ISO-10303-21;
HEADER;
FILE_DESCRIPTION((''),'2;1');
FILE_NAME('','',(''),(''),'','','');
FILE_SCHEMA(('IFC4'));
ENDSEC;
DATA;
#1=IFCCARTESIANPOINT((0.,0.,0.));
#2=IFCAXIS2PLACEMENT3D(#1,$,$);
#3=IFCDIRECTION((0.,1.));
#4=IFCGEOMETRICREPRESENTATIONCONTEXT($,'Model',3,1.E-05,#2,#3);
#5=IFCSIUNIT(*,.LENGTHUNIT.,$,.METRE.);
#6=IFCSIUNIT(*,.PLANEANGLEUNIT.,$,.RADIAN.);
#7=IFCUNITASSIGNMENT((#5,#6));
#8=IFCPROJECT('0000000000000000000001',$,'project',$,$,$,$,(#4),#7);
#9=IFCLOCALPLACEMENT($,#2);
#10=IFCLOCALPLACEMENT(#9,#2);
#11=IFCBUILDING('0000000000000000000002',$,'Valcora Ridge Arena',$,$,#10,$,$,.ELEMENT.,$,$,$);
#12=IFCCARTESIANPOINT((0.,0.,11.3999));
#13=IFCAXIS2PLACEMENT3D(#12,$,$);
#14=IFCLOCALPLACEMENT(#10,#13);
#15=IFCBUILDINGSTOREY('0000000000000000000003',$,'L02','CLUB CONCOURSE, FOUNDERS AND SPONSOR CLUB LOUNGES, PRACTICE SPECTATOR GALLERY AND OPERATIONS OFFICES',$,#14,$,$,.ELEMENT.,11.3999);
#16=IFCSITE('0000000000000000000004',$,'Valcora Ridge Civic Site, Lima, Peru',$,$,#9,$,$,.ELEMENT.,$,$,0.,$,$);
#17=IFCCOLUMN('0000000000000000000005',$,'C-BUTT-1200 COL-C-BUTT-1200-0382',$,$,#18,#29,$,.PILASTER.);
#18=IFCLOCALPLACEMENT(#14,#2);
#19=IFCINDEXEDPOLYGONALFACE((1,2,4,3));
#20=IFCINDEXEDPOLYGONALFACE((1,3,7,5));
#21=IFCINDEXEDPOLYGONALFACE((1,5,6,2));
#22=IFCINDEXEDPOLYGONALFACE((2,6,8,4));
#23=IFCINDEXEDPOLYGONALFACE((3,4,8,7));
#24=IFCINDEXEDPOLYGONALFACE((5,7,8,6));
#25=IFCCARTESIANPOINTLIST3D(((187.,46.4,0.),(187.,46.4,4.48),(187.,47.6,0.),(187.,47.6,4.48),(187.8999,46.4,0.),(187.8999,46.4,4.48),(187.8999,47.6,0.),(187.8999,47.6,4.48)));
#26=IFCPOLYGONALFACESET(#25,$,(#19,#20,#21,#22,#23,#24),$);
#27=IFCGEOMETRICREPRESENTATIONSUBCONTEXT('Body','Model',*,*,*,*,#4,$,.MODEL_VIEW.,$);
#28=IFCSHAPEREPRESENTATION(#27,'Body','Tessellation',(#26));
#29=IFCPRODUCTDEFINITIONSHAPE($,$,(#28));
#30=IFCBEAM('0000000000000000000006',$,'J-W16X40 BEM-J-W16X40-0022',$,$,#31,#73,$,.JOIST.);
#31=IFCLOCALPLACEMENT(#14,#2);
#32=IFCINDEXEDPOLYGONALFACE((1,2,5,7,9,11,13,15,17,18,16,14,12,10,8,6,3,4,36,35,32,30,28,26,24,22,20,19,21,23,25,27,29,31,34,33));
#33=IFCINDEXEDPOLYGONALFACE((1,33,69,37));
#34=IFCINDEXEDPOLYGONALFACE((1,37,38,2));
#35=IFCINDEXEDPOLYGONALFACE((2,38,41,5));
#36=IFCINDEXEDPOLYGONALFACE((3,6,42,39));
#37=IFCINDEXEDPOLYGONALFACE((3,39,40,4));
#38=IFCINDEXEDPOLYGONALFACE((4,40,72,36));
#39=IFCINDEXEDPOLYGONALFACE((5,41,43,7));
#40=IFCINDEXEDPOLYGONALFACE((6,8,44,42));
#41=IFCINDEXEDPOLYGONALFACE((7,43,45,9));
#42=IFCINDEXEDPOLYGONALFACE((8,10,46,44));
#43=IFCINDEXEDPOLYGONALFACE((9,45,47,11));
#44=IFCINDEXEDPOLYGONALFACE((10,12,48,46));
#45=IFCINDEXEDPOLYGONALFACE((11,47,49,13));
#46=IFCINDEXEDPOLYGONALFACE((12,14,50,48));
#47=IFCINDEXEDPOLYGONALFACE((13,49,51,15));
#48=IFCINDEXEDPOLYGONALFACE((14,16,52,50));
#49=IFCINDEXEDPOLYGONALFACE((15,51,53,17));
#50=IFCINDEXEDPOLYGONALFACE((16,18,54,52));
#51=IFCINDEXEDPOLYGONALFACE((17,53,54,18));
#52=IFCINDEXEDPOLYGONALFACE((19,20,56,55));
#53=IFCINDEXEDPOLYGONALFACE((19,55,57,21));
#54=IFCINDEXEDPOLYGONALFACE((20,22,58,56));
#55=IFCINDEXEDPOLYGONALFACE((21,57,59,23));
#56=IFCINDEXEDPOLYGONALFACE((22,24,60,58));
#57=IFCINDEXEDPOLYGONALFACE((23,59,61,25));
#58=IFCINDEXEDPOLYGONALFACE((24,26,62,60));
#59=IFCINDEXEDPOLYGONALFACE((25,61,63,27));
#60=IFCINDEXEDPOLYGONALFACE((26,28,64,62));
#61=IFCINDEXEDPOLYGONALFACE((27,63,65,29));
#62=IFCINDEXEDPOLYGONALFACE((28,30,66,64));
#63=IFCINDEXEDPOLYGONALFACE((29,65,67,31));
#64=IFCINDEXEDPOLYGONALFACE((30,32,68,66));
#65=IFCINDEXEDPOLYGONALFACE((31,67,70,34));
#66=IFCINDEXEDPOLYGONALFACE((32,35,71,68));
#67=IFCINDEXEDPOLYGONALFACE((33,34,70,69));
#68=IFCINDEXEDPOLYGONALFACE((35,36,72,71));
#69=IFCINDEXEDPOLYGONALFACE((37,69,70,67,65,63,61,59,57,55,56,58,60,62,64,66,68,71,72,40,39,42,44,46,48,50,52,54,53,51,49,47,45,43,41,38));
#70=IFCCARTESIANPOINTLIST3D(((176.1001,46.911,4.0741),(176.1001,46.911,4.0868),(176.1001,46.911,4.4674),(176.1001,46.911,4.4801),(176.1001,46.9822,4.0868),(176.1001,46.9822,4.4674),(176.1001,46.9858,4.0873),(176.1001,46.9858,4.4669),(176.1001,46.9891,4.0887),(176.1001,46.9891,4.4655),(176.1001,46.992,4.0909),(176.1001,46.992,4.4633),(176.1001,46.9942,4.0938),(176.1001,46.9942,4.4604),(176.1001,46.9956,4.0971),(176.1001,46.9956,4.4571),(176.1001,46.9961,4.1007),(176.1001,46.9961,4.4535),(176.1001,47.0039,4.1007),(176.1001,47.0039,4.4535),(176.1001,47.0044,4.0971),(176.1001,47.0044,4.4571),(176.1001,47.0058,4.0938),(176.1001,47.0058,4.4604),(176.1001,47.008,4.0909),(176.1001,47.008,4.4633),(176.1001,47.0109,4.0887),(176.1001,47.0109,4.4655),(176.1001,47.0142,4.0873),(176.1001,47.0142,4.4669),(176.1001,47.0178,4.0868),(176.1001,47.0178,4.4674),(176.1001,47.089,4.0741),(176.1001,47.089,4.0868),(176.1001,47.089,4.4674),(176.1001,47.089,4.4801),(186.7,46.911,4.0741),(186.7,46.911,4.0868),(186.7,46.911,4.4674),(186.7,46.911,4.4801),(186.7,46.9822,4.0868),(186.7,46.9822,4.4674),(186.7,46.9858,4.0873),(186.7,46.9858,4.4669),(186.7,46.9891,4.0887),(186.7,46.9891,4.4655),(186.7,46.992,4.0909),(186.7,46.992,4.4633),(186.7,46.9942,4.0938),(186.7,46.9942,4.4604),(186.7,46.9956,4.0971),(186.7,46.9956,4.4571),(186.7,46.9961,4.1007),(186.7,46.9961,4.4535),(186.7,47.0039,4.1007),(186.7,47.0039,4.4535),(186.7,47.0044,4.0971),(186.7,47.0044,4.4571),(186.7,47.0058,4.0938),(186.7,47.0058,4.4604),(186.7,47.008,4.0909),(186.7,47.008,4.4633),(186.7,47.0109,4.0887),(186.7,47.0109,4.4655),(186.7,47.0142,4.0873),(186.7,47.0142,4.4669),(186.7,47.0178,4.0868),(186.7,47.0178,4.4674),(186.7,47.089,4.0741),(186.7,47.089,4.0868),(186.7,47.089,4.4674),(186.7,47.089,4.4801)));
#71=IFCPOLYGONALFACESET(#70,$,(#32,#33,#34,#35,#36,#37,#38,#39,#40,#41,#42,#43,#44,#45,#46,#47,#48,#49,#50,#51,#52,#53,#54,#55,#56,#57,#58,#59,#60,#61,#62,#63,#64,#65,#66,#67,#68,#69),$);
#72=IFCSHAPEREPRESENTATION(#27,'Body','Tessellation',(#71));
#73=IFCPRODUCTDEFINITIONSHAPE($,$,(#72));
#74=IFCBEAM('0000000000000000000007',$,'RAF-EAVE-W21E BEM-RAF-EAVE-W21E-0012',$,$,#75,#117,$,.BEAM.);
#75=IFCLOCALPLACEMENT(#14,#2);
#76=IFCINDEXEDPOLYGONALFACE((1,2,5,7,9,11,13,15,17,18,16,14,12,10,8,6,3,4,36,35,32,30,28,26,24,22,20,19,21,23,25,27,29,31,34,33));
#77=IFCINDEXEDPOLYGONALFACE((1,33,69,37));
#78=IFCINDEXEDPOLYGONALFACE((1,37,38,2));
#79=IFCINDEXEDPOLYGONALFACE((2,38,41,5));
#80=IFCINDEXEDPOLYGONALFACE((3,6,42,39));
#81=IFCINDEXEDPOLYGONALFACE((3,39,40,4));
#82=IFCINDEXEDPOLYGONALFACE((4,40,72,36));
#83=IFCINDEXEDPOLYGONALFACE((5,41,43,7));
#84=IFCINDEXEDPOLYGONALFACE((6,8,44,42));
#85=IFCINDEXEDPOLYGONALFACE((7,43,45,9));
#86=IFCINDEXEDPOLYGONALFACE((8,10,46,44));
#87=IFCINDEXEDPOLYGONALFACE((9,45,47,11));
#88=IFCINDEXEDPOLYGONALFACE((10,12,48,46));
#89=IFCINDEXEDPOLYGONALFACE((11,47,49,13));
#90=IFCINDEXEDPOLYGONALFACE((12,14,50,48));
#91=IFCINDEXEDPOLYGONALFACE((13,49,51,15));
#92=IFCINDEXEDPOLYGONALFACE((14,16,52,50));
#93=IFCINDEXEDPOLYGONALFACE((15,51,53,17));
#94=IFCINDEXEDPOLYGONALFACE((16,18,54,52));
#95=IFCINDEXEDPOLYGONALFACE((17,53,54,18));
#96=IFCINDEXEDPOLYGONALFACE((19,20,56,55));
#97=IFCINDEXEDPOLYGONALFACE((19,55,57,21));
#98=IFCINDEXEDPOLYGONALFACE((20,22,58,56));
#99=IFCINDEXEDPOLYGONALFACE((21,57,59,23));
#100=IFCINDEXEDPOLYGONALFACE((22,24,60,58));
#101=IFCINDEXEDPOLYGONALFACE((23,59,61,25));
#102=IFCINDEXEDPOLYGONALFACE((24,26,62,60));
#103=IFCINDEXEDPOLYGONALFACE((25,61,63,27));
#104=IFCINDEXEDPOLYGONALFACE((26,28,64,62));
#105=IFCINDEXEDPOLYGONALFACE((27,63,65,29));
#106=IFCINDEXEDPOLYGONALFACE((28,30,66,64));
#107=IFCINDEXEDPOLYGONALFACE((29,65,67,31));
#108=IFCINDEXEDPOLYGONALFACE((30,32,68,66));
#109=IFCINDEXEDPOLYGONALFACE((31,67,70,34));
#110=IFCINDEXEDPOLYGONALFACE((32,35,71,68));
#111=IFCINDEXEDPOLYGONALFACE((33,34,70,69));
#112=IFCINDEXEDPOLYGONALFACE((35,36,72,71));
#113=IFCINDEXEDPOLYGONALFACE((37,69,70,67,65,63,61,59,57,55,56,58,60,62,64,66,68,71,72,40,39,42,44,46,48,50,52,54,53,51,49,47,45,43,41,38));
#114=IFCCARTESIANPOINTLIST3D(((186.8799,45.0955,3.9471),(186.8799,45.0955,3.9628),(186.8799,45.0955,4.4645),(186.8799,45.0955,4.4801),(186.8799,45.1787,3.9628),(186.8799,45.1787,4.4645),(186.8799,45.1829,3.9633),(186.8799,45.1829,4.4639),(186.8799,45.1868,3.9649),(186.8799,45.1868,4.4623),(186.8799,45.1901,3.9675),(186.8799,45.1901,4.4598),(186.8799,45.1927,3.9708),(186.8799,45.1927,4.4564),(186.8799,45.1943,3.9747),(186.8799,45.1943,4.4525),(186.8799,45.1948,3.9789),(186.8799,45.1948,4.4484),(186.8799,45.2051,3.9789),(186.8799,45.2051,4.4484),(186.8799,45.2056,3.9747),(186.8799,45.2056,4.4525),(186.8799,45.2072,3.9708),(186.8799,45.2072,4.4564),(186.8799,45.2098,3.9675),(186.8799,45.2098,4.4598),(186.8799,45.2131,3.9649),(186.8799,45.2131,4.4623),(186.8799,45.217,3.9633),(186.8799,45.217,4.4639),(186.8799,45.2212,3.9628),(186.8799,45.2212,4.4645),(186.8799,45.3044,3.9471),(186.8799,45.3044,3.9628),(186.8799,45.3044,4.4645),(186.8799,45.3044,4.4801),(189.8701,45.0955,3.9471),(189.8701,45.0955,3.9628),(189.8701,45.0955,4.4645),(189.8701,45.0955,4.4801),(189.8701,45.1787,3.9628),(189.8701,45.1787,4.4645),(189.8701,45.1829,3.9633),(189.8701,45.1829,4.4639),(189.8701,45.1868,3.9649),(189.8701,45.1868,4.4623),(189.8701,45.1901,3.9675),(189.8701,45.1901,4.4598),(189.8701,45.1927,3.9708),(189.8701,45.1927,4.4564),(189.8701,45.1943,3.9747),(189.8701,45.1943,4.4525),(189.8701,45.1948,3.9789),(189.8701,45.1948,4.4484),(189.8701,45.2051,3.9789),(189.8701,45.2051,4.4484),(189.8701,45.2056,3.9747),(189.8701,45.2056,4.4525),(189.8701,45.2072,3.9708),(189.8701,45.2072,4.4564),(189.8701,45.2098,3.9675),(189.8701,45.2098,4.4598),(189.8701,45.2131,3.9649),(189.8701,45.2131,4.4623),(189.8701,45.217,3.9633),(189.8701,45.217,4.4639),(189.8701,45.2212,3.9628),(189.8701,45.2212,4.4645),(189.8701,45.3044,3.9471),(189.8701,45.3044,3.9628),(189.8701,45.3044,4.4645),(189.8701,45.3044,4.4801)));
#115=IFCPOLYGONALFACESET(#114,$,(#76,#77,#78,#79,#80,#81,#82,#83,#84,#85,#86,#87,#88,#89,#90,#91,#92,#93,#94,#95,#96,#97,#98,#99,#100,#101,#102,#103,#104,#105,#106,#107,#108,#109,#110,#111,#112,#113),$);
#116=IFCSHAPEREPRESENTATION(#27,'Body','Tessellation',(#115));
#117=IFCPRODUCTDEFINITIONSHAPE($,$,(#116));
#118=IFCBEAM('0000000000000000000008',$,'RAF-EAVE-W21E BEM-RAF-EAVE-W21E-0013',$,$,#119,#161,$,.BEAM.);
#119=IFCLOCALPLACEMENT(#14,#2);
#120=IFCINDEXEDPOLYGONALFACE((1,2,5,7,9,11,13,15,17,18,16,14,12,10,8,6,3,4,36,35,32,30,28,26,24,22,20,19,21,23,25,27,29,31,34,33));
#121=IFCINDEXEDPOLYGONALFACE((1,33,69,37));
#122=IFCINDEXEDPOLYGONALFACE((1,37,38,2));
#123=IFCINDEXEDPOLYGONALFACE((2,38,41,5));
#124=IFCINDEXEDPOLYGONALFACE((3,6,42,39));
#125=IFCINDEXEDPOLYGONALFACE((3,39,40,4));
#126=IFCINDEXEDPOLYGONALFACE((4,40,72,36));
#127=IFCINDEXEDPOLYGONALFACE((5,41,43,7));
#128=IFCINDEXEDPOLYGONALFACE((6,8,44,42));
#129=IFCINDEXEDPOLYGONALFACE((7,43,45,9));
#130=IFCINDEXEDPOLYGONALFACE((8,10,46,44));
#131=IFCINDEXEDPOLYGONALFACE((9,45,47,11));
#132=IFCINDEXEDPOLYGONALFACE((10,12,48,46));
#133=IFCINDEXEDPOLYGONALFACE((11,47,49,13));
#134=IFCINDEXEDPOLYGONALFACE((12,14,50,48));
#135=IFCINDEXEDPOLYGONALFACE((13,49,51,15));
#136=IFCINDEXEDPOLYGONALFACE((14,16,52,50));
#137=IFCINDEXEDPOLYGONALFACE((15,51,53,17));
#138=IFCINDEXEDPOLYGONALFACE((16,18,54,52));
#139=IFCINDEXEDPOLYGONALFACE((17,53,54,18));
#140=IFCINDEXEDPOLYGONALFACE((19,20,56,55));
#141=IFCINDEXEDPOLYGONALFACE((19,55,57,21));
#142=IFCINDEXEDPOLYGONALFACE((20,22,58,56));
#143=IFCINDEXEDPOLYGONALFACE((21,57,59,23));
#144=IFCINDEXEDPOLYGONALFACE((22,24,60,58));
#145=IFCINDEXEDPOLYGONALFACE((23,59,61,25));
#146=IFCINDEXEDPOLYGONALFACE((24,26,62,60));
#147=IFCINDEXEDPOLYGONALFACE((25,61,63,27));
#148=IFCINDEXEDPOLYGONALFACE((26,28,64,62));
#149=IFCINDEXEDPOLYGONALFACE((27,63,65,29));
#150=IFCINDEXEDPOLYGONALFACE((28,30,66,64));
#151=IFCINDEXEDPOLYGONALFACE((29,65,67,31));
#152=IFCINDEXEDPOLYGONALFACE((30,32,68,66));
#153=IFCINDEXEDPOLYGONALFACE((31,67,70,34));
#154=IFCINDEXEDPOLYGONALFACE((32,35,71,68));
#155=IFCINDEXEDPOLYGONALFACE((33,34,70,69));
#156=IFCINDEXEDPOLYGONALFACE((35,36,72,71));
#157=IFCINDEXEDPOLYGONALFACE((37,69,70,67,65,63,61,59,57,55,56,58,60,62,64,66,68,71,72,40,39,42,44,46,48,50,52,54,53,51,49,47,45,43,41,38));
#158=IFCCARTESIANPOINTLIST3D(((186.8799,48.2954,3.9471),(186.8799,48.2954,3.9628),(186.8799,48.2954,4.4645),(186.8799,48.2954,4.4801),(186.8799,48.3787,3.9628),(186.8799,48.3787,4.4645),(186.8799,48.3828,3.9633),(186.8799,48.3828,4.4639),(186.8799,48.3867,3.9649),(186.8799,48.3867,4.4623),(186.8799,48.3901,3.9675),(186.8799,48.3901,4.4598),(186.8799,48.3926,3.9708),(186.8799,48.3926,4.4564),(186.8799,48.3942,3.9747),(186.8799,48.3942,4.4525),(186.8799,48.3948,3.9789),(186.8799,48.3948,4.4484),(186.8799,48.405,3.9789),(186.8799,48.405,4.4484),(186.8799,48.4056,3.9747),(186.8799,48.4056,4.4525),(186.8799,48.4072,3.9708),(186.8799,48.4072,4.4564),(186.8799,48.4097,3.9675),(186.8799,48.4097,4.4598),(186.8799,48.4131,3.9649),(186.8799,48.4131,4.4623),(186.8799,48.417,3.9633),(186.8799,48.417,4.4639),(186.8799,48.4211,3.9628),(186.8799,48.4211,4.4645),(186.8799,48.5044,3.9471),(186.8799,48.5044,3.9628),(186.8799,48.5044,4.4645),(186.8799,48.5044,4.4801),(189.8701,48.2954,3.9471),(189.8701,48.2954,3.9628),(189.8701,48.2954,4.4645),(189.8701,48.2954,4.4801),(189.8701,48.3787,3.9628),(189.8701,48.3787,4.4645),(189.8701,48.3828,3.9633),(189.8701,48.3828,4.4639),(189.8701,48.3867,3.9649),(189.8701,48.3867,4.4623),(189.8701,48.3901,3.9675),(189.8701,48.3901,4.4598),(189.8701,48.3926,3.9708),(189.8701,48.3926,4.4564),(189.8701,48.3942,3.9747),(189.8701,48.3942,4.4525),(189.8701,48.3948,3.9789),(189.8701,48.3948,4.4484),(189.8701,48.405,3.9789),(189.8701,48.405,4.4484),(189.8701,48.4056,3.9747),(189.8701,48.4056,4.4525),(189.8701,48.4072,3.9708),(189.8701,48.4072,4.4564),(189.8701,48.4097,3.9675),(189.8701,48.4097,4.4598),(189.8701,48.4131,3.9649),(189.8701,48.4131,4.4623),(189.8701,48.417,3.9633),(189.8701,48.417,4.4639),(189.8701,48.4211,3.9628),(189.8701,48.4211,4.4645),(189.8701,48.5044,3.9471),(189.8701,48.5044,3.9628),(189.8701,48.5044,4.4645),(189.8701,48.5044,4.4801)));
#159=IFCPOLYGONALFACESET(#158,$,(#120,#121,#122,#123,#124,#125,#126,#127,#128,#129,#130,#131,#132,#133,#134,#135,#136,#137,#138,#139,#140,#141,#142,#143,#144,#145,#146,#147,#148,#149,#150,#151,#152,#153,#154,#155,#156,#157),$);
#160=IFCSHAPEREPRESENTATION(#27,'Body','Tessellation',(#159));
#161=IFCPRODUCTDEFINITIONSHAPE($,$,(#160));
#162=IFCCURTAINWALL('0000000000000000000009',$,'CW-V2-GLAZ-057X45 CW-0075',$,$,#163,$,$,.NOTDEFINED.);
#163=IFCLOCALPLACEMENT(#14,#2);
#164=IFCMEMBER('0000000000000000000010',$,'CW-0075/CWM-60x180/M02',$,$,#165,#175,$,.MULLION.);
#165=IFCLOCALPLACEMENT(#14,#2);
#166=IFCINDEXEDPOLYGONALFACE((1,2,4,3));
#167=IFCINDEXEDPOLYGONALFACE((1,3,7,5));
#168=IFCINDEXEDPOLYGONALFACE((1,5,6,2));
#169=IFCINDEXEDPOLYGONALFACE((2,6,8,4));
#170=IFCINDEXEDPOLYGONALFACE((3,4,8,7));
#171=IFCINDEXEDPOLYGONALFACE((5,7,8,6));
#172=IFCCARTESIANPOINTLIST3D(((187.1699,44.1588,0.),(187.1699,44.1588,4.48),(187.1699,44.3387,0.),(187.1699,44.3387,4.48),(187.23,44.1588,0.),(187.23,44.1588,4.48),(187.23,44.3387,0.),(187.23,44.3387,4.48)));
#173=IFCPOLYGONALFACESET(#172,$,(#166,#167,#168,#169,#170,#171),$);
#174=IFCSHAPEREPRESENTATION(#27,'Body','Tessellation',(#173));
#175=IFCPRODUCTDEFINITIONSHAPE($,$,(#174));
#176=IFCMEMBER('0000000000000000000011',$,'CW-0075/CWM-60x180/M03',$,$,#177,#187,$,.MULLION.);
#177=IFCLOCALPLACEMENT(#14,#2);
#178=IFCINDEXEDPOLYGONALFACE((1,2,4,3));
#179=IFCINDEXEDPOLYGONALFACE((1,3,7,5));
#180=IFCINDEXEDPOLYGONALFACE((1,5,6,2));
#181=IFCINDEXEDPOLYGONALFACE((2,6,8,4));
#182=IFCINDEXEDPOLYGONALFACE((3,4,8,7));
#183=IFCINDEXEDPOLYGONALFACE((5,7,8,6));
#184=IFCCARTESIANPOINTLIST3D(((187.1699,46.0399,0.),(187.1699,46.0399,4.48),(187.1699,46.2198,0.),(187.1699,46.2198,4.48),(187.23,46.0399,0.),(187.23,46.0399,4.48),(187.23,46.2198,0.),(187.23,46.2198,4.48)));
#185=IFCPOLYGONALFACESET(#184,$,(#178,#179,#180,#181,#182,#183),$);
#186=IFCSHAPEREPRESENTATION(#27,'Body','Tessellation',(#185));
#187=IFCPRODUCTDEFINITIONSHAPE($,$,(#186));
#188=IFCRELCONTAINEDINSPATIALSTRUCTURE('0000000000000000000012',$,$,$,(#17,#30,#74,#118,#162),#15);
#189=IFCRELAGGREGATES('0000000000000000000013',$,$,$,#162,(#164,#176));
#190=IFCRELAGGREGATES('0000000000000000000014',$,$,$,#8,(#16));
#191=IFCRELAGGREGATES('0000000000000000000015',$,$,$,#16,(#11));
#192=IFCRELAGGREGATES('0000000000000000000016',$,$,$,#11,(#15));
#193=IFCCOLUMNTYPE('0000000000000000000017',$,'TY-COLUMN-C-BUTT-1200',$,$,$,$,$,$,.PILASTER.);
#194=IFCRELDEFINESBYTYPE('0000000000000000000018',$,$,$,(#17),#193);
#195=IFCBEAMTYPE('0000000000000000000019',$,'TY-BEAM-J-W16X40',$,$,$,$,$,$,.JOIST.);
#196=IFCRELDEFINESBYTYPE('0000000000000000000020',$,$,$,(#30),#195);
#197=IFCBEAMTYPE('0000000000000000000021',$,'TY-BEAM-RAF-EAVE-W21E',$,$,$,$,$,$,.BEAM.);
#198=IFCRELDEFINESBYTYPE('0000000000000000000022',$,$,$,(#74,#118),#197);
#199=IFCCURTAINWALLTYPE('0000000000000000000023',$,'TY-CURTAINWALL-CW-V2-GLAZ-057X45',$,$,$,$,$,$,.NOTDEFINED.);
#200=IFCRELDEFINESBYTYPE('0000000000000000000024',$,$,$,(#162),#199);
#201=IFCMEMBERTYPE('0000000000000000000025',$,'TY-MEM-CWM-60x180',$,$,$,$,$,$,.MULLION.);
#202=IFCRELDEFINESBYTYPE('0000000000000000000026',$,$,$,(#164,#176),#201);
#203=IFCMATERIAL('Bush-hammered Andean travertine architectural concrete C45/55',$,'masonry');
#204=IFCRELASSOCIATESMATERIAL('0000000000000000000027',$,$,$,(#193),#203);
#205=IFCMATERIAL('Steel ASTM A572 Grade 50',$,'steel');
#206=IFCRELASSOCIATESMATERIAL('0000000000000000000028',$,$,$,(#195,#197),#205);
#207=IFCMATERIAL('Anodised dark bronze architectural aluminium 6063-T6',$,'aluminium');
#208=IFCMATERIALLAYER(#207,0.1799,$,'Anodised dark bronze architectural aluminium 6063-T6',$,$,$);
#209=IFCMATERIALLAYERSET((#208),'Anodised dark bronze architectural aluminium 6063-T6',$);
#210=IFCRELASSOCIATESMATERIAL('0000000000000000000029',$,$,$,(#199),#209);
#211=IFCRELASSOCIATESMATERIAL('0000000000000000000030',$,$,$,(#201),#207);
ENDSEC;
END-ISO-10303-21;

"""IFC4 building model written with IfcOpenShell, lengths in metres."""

from ifc_helpers import new_model, si_unit, direction, frame, origin, origin_2d, place, context, subcontext, project, spatial, rectangle, i_section, extrude, material, layer, layer_set, material_profile, profile_set, type_object, element, aggregate, save


model = new_model("IFC4")

# Units and contexts
model_context = context("Model", 3, precision=1e-05, world=origin(), true_north=direction((0.0, 1.0)))
body_context = subcontext(model_context, "Body", "Model", "MODEL_VIEW")
ifc_project = project(units=[si_unit("LENGTHUNIT", "METRE"), si_unit("PLANEANGLEUNIT", "RADIAN")], contexts=[model_context])

# Site, building, storey
site_placement = place(None, origin())
site = spatial("IfcSite", under=ifc_project, at=site_placement, Name="Valcora Ridge Civic Site, Lima, Peru", CompositionType="ELEMENT", RefElevation=0.0)
building_placement = place(site_placement, origin())
building = spatial("IfcBuilding", under=site, at=building_placement, Name="Valcora Ridge Arena", CompositionType="ELEMENT")
storey_placement = place(building_placement, frame((0.0, 0.0, 11.3999)))
storey = spatial("IfcBuildingStorey", under=building, at=storey_placement, Name="L02", Description="CLUB CONCOURSE, FOUNDERS AND SPONSOR CLUB LOUNGES, PRACTICE SPECTATOR GALLERY AND OPERATIONS OFFICES", CompositionType="ELEMENT", Elevation=11.3999)

# Column
ifc_material_1 = material(Name="Bush-hammered Andean travertine architectural concrete C45/55", Category="masonry")
ifc_material_profile_1 = material_profile(ifc_material_1, rectangle(XDim=0.8999, YDim=1.2, at=origin_2d()), Name="RC 900x1200")
ifc_profile_set_1 = profile_set([ifc_material_profile_1], Name="Bush-hammered Andean travertine architectural concrete C45/55")
column_type = type_object("IfcColumnType", Name="TY-COLUMN-C-BUTT-1200", PredefinedType="PILASTER", material=ifc_profile_set_1)
column_placement = place(storey_placement, frame((187.45, 47.0, 0.0), z_axis=(0.0, 0.0, 1.0), x_axis=(1.0, 0.0, 0.0)))
element("IfcColumn", 1, at=column_placement, inside=storey, type_object=column_type, Name="C-BUTT-1200 COL-C-BUTT-1200-0382", PredefinedType="PILASTER", context=body_context, shape_type="SweptSolid", body=[
    extrude(rectangle(XDim=0.8999, YDim=1.2, at=origin_2d()), origin(), (0.0, 0.0, 1.0), 4.48),
])

# Beams
ifc_material_2 = material(Name="Steel ASTM A572 Grade 50", Category="steel")
ifc_material_profile_2 = material_profile(ifc_material_2, i_section(OverallWidth=0.178, OverallDepth=0.406, WebThickness=0.0078, FlangeThickness=0.0127, FilletRadius=0.0139, at=origin_2d()), Name="W16X40")
ifc_profile_set_2 = profile_set([ifc_material_profile_2], Name="Steel ASTM A572 Grade 50")
beam_type_1 = type_object("IfcBeamType", Name="TY-BEAM-J-W16X40", PredefinedType="JOIST", material=ifc_profile_set_2)
beam_placement = place(storey_placement, frame((176.1001, 47.0, 4.2771), z_axis=(1.0, 0.0, 0.0), x_axis=(0.0, 1.0, 0.0)))
element("IfcBeam", 2, at=beam_placement, inside=storey, type_object=beam_type_1, Name="J-W16X40 BEM-J-W16X40-0022", PredefinedType="JOIST", context=body_context, shape_type="SweptSolid", body=[
    extrude(i_section(OverallWidth=0.178, OverallDepth=0.406, WebThickness=0.0078, FlangeThickness=0.0127, FilletRadius=0.0139, at=origin_2d()), origin(), (0.0, 0.0, 1.0), 10.5999),
])
ifc_material_profile_3 = material_profile(ifc_material_2, i_section(OverallWidth=0.209, OverallDepth=0.533, WebThickness=0.0103, FlangeThickness=0.0156, FilletRadius=0.0161, at=origin_2d()), Name="W21X62")
ifc_profile_set_3 = profile_set([ifc_material_profile_3], Name="Steel ASTM A572 Grade 50")
beam_type_2 = type_object("IfcBeamType", Name="TY-BEAM-RAF-EAVE-W21E", PredefinedType="BEAM", material=ifc_profile_set_3)
for number, where, z_axis, x_axis, name in (
    (3, (186.8799, 45.2, 4.2136), (1.0, 0.0, 0.0), (0.0, 1.0, 0.0), "RAF-EAVE-W21E BEM-RAF-EAVE-W21E-0012"),
    (4, (186.8799, 48.3999, 4.2136), (1.0, 0.0, 0.0), (0.0, 1.0, 0.0), "RAF-EAVE-W21E BEM-RAF-EAVE-W21E-0013"),
):
    element("IfcBeam", number, at=place(storey_placement, frame(where, z_axis=z_axis, x_axis=x_axis)), inside=storey, type_object=beam_type_2, Name=name, PredefinedType="BEAM", context=body_context, shape_type="SweptSolid", body=[
        extrude(i_section(OverallWidth=0.209, OverallDepth=0.533, WebThickness=0.0103, FlangeThickness=0.0156, FilletRadius=0.0161, at=origin_2d()), origin(), (0.0, 0.0, 1.0), 2.9902),
    ])

# Curtain wall, members
ifc_material_3 = material(Name="Anodised dark bronze architectural aluminium 6063-T6", Category="aluminium")
ifc_layer_1 = layer(ifc_material_3, 0.1799, Name="Anodised dark bronze architectural aluminium 6063-T6")
ifc_layer_set_1 = layer_set([ifc_layer_1], Name="Anodised dark bronze architectural aluminium 6063-T6")
curtain_wall_type = type_object("IfcCurtainWallType", Name="TY-CURTAINWALL-CW-V2-GLAZ-057X45", PredefinedType="NOTDEFINED", material=ifc_layer_set_1)
curtain_wall_1_placement = place(storey_placement, origin())
curtain_wall_1 = element("IfcCurtainWall", 5, at=curtain_wall_1_placement, inside=storey, type_object=curtain_wall_type, Name="CW-V2-GLAZ-057X45 CW-0075", PredefinedType="NOTDEFINED")
ifc_material_profile_4 = material_profile(ifc_material_3, rectangle(XDim=0.0601, YDim=0.1799, at=origin_2d()), Name="ALU MULLION 60x180")
ifc_profile_set_4 = profile_set([ifc_material_profile_4], Name="Anodised dark bronze architectural aluminium 6063-T6")
member_type_1 = type_object("IfcMemberType", Name="TY-MEM-CWM-60x180", PredefinedType="MULLION", material=ifc_profile_set_4)
member_1_placement = place(storey_placement, frame((187.2, 44.2488, 0.0), z_axis=(0.0, 0.0, 1.0), x_axis=(-1.0, 0.0, 0.0)))
member_1 = element("IfcMember", 6, at=member_1_placement, type_object=member_type_1, Name="CW-0075/CWM-60x180/M02", PredefinedType="MULLION", context=body_context, shape_type="SweptSolid", body=[
    extrude(rectangle(XDim=0.0601, YDim=0.1799, at=origin_2d()), origin(), (0.0, 0.0, 1.0), 4.48),
])
member_2_placement = place(storey_placement, frame((187.2, 46.1299, 0.0), z_axis=(0.0, 0.0, 1.0), x_axis=(-1.0, 0.0, 0.0)))
member_2 = element("IfcMember", 7, at=member_2_placement, type_object=member_type_1, Name="CW-0075/CWM-60x180/M03", PredefinedType="MULLION", context=body_context, shape_type="SweptSolid", body=[
    extrude(rectangle(XDim=0.0601, YDim=0.1799, at=origin_2d()), origin(), (0.0, 0.0, 1.0), 4.48),
])

aggregate(curtain_wall_1, [member_1, member_2])

save(model, "model.ifc")
